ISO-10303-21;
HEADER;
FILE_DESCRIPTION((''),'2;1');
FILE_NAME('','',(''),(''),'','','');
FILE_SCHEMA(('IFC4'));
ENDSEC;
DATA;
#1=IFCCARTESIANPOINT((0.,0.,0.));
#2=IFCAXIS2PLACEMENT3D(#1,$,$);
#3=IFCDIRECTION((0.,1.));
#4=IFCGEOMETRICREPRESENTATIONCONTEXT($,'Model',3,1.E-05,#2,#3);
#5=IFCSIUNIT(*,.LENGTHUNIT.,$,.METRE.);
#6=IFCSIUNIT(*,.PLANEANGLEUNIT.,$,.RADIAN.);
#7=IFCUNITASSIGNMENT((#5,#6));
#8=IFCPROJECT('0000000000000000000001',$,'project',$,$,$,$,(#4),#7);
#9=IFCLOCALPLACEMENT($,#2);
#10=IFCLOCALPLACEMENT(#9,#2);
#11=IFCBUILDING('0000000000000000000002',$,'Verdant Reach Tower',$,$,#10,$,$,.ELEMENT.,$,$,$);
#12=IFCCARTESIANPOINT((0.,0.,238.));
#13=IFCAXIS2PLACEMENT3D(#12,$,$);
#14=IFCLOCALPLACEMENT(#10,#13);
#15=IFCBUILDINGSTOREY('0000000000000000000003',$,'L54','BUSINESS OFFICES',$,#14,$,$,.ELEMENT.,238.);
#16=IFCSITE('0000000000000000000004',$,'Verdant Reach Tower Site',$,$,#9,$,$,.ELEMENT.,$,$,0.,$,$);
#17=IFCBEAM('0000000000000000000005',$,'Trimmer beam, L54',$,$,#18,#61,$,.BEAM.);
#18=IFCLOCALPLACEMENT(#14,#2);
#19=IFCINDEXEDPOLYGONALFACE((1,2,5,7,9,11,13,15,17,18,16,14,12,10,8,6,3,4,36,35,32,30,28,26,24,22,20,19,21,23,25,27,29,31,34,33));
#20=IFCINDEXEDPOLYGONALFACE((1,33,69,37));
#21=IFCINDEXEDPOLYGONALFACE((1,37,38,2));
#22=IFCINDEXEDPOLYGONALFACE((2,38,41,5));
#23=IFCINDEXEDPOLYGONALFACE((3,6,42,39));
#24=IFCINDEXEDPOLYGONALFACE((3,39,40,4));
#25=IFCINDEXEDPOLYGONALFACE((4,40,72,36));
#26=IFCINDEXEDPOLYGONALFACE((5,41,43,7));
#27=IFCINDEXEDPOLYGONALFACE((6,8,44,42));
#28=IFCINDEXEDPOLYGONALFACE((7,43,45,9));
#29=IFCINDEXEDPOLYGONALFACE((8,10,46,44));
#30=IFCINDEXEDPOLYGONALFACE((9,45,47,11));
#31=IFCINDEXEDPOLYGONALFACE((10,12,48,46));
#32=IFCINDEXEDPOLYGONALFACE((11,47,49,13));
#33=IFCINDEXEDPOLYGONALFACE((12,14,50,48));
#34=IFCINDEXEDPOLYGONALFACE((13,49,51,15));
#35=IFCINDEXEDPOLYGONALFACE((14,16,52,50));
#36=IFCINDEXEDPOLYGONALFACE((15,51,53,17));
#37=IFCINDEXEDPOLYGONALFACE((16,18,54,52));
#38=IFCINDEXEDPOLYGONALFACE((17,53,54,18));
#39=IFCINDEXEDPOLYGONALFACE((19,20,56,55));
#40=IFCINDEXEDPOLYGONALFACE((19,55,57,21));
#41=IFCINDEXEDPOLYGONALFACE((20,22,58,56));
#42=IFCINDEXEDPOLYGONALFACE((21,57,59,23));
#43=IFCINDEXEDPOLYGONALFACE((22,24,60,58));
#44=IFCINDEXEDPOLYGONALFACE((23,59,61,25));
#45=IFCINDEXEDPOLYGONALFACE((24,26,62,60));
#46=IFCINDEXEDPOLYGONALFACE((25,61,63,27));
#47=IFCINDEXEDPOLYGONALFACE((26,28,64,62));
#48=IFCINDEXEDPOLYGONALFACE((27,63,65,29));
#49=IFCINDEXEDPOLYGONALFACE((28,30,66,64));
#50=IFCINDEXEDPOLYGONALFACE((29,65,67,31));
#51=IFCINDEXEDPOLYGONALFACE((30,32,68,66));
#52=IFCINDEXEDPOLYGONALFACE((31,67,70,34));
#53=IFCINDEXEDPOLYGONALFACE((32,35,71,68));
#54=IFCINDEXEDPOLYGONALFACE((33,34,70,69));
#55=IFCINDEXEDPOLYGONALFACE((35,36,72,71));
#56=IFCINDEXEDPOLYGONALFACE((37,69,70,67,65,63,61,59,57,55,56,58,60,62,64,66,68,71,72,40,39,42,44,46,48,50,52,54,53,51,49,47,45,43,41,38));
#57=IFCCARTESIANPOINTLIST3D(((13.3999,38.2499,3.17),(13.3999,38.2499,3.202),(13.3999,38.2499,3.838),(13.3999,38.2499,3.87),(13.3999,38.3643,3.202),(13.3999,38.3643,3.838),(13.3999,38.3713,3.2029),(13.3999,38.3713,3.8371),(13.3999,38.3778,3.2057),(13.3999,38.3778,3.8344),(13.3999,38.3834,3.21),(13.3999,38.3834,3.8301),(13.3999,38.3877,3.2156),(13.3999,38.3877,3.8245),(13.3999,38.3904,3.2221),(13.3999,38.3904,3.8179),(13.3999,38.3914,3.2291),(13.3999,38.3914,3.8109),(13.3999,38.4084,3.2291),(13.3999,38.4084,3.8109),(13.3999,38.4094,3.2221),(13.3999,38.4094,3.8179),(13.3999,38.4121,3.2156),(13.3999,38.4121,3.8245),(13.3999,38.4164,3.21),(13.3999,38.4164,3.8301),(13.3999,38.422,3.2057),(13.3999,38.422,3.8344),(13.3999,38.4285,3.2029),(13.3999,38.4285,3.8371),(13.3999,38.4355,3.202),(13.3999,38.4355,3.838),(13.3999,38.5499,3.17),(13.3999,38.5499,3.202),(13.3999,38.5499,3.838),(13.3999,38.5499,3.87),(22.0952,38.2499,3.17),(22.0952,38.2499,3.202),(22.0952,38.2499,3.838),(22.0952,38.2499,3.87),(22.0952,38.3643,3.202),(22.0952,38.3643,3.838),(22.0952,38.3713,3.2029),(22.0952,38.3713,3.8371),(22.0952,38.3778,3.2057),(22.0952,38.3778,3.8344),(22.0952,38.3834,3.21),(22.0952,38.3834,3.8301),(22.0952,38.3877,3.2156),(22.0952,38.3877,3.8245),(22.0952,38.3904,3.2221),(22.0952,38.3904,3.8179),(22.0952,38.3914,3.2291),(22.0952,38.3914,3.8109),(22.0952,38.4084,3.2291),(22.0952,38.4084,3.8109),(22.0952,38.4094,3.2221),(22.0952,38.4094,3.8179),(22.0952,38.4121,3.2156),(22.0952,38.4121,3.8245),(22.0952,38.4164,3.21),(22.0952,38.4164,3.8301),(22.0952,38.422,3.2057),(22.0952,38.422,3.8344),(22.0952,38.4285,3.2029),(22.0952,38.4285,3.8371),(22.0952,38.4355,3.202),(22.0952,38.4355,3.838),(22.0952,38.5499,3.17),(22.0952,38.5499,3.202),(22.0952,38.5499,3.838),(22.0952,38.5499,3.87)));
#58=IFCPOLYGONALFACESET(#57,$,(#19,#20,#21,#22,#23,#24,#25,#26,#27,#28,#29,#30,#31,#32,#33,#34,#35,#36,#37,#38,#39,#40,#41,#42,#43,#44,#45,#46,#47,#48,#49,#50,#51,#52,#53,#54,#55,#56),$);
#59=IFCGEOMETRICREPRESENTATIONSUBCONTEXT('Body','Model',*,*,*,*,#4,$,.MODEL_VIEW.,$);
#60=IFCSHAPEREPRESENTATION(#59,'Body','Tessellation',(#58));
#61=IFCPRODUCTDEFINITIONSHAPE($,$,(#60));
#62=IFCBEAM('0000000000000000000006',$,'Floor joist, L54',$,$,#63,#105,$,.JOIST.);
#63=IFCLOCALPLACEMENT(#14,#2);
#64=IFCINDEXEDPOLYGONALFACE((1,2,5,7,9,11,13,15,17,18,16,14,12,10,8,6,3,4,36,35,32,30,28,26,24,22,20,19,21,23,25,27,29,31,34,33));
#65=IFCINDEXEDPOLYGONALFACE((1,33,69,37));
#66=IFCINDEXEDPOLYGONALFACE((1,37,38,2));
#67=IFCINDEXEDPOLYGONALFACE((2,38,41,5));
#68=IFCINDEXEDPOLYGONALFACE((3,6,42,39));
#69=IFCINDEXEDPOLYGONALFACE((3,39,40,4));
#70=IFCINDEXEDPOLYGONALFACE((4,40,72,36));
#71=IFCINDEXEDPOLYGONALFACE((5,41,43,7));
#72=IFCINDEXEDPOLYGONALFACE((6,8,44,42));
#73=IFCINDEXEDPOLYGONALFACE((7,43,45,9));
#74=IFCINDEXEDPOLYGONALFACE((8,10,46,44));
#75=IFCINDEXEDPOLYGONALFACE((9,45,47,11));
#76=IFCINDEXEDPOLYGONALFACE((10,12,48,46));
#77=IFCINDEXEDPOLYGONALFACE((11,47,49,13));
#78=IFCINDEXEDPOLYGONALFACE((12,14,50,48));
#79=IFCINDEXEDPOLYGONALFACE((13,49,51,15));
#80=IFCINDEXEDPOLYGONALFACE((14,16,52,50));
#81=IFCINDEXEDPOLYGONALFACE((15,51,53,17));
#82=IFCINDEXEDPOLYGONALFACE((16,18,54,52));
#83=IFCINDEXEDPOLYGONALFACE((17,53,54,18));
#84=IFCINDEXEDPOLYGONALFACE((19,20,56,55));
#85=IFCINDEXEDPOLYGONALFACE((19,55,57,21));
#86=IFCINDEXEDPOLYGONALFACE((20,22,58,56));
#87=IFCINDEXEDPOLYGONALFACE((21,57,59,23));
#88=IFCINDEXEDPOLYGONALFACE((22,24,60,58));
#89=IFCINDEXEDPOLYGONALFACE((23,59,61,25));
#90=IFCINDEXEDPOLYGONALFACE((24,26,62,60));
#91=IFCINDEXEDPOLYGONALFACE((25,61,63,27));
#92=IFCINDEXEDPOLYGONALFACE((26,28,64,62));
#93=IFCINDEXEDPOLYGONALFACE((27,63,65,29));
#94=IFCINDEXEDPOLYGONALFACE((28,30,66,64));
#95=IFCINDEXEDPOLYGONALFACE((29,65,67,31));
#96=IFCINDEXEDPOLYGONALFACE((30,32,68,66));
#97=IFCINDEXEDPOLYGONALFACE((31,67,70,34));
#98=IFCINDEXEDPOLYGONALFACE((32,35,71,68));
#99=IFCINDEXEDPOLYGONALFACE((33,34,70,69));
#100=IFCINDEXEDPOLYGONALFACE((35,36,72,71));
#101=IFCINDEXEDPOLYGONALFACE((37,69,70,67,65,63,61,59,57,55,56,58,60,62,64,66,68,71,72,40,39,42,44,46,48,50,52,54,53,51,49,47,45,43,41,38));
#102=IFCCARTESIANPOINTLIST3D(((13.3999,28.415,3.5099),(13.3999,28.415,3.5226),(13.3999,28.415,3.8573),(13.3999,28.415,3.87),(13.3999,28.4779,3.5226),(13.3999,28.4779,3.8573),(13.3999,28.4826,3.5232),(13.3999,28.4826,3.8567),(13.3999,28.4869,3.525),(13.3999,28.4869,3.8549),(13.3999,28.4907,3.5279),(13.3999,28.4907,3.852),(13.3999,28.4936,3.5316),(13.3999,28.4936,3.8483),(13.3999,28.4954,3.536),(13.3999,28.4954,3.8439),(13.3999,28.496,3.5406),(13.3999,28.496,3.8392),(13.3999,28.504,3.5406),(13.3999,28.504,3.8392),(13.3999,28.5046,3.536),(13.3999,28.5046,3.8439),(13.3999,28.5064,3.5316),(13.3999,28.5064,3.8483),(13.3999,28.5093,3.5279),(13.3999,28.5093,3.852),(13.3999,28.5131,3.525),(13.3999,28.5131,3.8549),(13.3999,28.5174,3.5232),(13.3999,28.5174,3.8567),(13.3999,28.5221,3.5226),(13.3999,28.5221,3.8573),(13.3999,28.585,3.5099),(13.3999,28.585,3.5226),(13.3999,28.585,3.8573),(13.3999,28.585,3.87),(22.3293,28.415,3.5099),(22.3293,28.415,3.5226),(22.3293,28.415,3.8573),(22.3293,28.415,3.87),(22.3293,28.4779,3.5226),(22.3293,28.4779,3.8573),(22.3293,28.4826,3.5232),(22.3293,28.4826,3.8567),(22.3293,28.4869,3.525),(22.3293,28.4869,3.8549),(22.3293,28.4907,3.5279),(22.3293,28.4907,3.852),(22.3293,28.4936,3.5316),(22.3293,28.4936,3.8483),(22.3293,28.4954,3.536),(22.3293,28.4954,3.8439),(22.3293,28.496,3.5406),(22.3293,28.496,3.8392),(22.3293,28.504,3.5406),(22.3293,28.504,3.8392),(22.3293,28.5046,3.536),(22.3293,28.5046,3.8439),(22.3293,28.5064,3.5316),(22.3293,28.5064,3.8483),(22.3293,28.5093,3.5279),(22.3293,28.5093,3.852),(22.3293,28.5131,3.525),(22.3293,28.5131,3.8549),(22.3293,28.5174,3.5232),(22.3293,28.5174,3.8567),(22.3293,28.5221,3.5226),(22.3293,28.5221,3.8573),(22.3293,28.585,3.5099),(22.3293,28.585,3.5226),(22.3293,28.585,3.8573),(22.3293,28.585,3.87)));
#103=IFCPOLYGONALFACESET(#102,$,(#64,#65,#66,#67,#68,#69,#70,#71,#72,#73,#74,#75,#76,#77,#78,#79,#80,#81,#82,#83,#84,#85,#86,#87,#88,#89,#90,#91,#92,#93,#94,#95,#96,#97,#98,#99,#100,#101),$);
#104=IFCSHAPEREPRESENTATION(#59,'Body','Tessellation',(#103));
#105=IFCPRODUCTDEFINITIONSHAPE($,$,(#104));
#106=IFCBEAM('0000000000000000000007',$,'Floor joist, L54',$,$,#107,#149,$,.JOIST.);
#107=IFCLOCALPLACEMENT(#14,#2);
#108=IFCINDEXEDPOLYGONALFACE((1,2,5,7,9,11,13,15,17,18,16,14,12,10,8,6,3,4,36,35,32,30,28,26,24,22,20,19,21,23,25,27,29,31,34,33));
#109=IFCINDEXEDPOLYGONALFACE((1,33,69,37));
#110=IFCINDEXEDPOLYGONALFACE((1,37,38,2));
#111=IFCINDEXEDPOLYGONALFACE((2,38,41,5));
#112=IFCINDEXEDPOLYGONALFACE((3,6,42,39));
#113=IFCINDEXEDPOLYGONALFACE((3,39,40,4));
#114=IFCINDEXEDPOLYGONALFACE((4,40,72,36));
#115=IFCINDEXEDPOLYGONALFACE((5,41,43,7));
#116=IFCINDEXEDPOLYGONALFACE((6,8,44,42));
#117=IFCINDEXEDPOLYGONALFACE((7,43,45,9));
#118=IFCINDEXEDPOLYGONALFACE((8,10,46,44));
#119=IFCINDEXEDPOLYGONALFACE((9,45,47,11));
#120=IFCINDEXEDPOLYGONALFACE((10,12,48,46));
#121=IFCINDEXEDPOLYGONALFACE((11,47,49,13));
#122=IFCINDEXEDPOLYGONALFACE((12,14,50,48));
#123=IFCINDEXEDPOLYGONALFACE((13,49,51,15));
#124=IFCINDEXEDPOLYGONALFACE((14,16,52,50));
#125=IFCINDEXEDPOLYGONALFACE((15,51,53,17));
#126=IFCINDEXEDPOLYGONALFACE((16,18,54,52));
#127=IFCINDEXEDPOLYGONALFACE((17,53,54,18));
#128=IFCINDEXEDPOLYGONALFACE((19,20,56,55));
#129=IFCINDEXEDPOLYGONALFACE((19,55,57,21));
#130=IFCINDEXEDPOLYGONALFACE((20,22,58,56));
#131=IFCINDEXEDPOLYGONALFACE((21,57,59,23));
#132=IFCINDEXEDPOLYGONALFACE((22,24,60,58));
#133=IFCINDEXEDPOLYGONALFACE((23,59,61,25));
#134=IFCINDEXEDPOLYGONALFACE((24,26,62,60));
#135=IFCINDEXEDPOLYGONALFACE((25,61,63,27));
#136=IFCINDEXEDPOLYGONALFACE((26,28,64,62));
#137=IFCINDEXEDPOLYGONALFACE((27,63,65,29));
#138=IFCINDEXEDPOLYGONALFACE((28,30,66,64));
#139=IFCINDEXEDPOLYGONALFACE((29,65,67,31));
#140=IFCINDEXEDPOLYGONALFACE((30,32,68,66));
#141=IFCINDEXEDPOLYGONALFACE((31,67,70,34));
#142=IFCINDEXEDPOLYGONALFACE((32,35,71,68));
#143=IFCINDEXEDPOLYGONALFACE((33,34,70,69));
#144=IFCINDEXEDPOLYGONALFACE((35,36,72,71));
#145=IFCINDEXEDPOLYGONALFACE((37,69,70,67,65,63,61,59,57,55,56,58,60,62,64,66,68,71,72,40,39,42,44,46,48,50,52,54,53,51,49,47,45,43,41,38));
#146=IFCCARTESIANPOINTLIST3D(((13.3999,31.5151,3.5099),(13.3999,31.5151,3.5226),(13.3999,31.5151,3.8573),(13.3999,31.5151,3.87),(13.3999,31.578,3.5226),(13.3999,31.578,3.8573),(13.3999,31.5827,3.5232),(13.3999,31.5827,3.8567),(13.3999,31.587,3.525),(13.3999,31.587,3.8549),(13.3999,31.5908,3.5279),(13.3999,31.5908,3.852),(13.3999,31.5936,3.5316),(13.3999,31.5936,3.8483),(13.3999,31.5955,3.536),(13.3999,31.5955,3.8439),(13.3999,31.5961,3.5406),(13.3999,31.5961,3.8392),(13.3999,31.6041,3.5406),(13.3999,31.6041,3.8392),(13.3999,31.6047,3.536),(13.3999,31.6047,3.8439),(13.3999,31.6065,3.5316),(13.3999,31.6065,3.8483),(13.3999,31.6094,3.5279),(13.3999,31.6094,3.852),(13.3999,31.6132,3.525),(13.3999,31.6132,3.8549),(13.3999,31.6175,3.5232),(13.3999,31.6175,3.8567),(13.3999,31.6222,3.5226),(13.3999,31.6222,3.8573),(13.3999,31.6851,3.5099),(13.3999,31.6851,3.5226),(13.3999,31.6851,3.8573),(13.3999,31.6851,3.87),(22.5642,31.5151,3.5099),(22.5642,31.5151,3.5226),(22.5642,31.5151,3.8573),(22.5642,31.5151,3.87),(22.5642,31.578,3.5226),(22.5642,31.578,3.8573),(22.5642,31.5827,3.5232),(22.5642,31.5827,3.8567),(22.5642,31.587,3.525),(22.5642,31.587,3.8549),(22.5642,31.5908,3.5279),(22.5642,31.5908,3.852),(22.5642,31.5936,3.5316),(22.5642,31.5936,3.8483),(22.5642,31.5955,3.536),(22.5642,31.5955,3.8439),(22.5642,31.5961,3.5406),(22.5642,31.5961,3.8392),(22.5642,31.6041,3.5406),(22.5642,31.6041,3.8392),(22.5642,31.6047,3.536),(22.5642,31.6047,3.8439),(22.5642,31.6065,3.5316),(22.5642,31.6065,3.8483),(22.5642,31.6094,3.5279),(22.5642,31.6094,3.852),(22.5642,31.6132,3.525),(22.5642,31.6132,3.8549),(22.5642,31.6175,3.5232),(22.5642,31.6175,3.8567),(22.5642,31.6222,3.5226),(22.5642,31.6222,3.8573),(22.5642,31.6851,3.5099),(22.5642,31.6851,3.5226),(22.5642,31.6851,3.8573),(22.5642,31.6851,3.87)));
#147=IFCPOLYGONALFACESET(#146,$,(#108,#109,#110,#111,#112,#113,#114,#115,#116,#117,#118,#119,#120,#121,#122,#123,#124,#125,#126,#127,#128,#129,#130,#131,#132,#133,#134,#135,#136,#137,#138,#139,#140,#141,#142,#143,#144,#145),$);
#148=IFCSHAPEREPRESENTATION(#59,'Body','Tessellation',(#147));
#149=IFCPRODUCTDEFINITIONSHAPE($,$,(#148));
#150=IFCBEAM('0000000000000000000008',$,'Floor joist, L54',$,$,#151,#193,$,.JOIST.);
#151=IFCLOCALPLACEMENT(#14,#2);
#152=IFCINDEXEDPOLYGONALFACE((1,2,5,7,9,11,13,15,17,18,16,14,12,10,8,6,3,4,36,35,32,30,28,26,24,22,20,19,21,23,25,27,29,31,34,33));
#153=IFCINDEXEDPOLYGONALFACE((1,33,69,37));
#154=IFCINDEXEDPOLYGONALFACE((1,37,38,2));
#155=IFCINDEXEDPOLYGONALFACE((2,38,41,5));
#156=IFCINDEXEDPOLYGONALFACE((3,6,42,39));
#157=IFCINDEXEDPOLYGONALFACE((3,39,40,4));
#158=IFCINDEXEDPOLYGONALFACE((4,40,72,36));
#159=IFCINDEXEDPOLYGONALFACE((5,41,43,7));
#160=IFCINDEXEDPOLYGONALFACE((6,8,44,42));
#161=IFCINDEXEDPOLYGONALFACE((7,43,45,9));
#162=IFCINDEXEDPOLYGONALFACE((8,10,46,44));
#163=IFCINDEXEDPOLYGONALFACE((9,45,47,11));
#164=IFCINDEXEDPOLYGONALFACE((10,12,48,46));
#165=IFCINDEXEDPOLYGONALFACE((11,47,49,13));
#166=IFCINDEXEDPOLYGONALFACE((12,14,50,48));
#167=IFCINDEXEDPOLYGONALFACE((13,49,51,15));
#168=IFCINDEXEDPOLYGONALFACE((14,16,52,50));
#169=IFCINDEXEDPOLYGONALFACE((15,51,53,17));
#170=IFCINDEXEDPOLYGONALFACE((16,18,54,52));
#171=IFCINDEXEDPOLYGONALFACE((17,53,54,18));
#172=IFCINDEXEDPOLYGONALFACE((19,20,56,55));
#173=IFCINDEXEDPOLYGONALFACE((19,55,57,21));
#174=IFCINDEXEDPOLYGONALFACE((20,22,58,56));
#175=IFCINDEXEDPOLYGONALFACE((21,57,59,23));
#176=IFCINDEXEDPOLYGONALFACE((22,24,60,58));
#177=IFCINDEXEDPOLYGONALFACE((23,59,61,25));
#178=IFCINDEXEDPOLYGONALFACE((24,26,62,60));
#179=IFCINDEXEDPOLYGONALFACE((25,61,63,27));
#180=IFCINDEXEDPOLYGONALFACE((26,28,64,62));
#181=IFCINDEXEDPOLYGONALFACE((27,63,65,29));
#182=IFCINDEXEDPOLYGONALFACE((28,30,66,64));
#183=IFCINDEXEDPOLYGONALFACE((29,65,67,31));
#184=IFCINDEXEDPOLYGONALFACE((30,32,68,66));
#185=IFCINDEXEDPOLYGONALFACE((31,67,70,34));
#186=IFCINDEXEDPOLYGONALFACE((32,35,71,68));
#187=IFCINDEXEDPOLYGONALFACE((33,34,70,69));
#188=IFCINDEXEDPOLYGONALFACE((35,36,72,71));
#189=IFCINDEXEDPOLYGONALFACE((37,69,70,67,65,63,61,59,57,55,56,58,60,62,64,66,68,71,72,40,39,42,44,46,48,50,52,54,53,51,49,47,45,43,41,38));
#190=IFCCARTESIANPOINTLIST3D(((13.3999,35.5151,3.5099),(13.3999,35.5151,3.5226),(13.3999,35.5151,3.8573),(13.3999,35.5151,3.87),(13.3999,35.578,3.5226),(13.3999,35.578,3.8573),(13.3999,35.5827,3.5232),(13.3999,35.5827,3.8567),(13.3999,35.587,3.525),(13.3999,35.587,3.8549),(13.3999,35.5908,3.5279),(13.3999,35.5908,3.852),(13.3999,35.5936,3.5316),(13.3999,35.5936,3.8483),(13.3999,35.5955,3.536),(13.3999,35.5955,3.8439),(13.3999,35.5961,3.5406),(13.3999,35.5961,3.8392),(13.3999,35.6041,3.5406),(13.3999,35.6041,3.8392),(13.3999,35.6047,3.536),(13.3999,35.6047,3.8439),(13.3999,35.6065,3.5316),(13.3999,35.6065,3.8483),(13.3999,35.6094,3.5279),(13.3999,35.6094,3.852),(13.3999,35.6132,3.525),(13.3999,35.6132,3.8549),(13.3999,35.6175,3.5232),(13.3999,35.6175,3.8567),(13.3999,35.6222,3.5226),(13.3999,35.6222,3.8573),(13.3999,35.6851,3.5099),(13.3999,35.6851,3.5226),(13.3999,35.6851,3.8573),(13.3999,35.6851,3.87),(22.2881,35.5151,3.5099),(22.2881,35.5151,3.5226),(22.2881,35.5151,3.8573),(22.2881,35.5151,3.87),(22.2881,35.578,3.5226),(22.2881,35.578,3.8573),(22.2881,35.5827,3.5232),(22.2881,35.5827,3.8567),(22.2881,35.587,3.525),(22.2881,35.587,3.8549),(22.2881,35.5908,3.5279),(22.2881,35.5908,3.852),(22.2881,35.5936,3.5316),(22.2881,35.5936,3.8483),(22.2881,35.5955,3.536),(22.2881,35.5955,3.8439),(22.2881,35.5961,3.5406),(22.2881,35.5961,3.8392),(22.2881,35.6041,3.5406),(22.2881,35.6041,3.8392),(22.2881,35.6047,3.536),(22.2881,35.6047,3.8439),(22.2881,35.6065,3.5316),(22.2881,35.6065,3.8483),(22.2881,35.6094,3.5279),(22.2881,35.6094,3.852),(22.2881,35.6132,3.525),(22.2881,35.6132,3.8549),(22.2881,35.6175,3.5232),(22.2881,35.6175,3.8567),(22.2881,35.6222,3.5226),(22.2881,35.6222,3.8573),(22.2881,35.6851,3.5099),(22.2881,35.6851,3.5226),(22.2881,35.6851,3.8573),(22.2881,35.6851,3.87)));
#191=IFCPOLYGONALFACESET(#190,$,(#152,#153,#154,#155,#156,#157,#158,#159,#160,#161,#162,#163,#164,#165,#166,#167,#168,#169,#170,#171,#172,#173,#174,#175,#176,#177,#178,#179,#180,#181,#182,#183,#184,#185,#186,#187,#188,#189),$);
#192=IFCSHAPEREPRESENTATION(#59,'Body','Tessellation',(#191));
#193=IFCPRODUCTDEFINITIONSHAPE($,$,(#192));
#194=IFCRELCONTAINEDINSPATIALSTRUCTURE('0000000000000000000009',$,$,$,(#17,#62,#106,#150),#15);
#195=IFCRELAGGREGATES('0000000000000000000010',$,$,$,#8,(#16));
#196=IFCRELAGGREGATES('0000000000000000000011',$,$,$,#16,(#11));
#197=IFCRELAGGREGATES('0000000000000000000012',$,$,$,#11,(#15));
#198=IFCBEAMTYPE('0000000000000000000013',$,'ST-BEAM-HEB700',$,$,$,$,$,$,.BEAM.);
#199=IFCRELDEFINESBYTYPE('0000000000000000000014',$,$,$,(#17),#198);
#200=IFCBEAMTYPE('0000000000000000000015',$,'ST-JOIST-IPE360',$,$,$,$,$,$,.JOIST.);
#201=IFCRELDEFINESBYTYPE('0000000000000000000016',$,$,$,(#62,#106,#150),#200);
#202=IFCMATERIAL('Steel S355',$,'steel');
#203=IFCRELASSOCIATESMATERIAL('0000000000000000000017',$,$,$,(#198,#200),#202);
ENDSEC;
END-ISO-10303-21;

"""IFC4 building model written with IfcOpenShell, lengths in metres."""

from ifc_helpers import new_model, si_unit, direction, frame, origin, origin_2d, place, context, subcontext, project, spatial, i_section, extrude, material, material_profile, profile_set, type_object, element, save


model = new_model("IFC4")

# Units and contexts
model_context = context("Model", 3, precision=1e-05, world=origin(), true_north=direction((0.0, 1.0)))
body_context = subcontext(model_context, "Body", "Model", "MODEL_VIEW")
ifc_project = project(units=[si_unit("LENGTHUNIT", "METRE"), si_unit("PLANEANGLEUNIT", "RADIAN")], contexts=[model_context])

# Site, building, storey
site_placement = place(None, origin())
site = spatial("IfcSite", under=ifc_project, at=site_placement, Name="Verdant Reach Tower Site", CompositionType="ELEMENT", RefElevation=0.0)
building_placement = place(site_placement, origin())
building = spatial("IfcBuilding", under=site, at=building_placement, Name="Verdant Reach Tower", CompositionType="ELEMENT")
storey_placement = place(building_placement, frame((0.0, 0.0, 238.0)))
storey = spatial("IfcBuildingStorey", under=building, at=storey_placement, Name="L54", Description="BUSINESS OFFICES", CompositionType="ELEMENT", Elevation=238.0)

# Beams
ifc_material_1 = material(Name="Steel S355", Category="steel")
ifc_material_profile_1 = material_profile(ifc_material_1, i_section(OverallWidth=0.3, OverallDepth=0.7, WebThickness=0.0171, FlangeThickness=0.032, FilletRadius=0.0271, at=origin_2d()), Name="HEB 700")
ifc_profile_set_1 = profile_set([ifc_material_profile_1], Name="Steel S355")
beam_type_1 = type_object("IfcBeamType", Name="ST-BEAM-HEB700", PredefinedType="BEAM", material=ifc_profile_set_1)
beam_1_placement = place(storey_placement, frame((13.3999, 38.3999, 3.52), z_axis=(1.0, 0.0, 0.0), x_axis=(0.0, 1.0, 0.0)))
element("IfcBeam", 1, at=beam_1_placement, inside=storey, type_object=beam_type_1, Name="Trimmer beam, L54", PredefinedType="BEAM", context=body_context, shape_type="SweptSolid", body=[
    extrude(i_section(OverallWidth=0.3, OverallDepth=0.7, WebThickness=0.0171, FlangeThickness=0.032, FilletRadius=0.0271, at=origin_2d()), origin(), (0.0, 0.0, 1.0), 8.6953),
])
ifc_material_profile_2 = material_profile(ifc_material_1, i_section(OverallWidth=0.1699, OverallDepth=0.3601, WebThickness=0.0081, FlangeThickness=0.0127, FilletRadius=0.0181, at=origin_2d()), Name="IPE 360")
ifc_profile_set_2 = profile_set([ifc_material_profile_2], Name="Steel S355")
beam_type_2 = type_object("IfcBeamType", Name="ST-JOIST-IPE360", PredefinedType="JOIST", material=ifc_profile_set_2)
beam_2_placement = place(storey_placement, frame((13.3999, 28.5, 3.6899), z_axis=(1.0, 0.0, 0.0), x_axis=(0.0, 1.0, 0.0)))
element("IfcBeam", 2, at=beam_2_placement, inside=storey, type_object=beam_type_2, Name="Floor joist, L54", PredefinedType="JOIST", context=body_context, shape_type="SweptSolid", body=[
    extrude(i_section(OverallWidth=0.1699, OverallDepth=0.3601, WebThickness=0.0081, FlangeThickness=0.0127, FilletRadius=0.0181, at=origin_2d()), origin(), (0.0, 0.0, 1.0), 8.9294),
])
beam_3_placement = place(storey_placement, frame((13.3999, 31.6001, 3.6899), z_axis=(1.0, 0.0, 0.0), x_axis=(0.0, 1.0, 0.0)))
element("IfcBeam", 3, at=beam_3_placement, inside=storey, type_object=beam_type_2, Name="Floor joist, L54", PredefinedType="JOIST", context=body_context, shape_type="SweptSolid", body=[
    extrude(i_section(OverallWidth=0.1699, OverallDepth=0.3601, WebThickness=0.0081, FlangeThickness=0.0127, FilletRadius=0.0181, at=origin_2d()), origin(), (0.0, 0.0, 1.0), 9.1643),
])
beam_4_placement = place(storey_placement, frame((13.3999, 35.6001, 3.6899), z_axis=(1.0, 0.0, 0.0), x_axis=(0.0, 1.0, 0.0)))
element("IfcBeam", 4, at=beam_4_placement, inside=storey, type_object=beam_type_2, Name="Floor joist, L54", PredefinedType="JOIST", context=body_context, shape_type="SweptSolid", body=[
    extrude(i_section(OverallWidth=0.1699, OverallDepth=0.3601, WebThickness=0.0081, FlangeThickness=0.0127, FilletRadius=0.0181, at=origin_2d()), origin(), (0.0, 0.0, 1.0), 8.8882),
])

save(model, "model.ifc")
